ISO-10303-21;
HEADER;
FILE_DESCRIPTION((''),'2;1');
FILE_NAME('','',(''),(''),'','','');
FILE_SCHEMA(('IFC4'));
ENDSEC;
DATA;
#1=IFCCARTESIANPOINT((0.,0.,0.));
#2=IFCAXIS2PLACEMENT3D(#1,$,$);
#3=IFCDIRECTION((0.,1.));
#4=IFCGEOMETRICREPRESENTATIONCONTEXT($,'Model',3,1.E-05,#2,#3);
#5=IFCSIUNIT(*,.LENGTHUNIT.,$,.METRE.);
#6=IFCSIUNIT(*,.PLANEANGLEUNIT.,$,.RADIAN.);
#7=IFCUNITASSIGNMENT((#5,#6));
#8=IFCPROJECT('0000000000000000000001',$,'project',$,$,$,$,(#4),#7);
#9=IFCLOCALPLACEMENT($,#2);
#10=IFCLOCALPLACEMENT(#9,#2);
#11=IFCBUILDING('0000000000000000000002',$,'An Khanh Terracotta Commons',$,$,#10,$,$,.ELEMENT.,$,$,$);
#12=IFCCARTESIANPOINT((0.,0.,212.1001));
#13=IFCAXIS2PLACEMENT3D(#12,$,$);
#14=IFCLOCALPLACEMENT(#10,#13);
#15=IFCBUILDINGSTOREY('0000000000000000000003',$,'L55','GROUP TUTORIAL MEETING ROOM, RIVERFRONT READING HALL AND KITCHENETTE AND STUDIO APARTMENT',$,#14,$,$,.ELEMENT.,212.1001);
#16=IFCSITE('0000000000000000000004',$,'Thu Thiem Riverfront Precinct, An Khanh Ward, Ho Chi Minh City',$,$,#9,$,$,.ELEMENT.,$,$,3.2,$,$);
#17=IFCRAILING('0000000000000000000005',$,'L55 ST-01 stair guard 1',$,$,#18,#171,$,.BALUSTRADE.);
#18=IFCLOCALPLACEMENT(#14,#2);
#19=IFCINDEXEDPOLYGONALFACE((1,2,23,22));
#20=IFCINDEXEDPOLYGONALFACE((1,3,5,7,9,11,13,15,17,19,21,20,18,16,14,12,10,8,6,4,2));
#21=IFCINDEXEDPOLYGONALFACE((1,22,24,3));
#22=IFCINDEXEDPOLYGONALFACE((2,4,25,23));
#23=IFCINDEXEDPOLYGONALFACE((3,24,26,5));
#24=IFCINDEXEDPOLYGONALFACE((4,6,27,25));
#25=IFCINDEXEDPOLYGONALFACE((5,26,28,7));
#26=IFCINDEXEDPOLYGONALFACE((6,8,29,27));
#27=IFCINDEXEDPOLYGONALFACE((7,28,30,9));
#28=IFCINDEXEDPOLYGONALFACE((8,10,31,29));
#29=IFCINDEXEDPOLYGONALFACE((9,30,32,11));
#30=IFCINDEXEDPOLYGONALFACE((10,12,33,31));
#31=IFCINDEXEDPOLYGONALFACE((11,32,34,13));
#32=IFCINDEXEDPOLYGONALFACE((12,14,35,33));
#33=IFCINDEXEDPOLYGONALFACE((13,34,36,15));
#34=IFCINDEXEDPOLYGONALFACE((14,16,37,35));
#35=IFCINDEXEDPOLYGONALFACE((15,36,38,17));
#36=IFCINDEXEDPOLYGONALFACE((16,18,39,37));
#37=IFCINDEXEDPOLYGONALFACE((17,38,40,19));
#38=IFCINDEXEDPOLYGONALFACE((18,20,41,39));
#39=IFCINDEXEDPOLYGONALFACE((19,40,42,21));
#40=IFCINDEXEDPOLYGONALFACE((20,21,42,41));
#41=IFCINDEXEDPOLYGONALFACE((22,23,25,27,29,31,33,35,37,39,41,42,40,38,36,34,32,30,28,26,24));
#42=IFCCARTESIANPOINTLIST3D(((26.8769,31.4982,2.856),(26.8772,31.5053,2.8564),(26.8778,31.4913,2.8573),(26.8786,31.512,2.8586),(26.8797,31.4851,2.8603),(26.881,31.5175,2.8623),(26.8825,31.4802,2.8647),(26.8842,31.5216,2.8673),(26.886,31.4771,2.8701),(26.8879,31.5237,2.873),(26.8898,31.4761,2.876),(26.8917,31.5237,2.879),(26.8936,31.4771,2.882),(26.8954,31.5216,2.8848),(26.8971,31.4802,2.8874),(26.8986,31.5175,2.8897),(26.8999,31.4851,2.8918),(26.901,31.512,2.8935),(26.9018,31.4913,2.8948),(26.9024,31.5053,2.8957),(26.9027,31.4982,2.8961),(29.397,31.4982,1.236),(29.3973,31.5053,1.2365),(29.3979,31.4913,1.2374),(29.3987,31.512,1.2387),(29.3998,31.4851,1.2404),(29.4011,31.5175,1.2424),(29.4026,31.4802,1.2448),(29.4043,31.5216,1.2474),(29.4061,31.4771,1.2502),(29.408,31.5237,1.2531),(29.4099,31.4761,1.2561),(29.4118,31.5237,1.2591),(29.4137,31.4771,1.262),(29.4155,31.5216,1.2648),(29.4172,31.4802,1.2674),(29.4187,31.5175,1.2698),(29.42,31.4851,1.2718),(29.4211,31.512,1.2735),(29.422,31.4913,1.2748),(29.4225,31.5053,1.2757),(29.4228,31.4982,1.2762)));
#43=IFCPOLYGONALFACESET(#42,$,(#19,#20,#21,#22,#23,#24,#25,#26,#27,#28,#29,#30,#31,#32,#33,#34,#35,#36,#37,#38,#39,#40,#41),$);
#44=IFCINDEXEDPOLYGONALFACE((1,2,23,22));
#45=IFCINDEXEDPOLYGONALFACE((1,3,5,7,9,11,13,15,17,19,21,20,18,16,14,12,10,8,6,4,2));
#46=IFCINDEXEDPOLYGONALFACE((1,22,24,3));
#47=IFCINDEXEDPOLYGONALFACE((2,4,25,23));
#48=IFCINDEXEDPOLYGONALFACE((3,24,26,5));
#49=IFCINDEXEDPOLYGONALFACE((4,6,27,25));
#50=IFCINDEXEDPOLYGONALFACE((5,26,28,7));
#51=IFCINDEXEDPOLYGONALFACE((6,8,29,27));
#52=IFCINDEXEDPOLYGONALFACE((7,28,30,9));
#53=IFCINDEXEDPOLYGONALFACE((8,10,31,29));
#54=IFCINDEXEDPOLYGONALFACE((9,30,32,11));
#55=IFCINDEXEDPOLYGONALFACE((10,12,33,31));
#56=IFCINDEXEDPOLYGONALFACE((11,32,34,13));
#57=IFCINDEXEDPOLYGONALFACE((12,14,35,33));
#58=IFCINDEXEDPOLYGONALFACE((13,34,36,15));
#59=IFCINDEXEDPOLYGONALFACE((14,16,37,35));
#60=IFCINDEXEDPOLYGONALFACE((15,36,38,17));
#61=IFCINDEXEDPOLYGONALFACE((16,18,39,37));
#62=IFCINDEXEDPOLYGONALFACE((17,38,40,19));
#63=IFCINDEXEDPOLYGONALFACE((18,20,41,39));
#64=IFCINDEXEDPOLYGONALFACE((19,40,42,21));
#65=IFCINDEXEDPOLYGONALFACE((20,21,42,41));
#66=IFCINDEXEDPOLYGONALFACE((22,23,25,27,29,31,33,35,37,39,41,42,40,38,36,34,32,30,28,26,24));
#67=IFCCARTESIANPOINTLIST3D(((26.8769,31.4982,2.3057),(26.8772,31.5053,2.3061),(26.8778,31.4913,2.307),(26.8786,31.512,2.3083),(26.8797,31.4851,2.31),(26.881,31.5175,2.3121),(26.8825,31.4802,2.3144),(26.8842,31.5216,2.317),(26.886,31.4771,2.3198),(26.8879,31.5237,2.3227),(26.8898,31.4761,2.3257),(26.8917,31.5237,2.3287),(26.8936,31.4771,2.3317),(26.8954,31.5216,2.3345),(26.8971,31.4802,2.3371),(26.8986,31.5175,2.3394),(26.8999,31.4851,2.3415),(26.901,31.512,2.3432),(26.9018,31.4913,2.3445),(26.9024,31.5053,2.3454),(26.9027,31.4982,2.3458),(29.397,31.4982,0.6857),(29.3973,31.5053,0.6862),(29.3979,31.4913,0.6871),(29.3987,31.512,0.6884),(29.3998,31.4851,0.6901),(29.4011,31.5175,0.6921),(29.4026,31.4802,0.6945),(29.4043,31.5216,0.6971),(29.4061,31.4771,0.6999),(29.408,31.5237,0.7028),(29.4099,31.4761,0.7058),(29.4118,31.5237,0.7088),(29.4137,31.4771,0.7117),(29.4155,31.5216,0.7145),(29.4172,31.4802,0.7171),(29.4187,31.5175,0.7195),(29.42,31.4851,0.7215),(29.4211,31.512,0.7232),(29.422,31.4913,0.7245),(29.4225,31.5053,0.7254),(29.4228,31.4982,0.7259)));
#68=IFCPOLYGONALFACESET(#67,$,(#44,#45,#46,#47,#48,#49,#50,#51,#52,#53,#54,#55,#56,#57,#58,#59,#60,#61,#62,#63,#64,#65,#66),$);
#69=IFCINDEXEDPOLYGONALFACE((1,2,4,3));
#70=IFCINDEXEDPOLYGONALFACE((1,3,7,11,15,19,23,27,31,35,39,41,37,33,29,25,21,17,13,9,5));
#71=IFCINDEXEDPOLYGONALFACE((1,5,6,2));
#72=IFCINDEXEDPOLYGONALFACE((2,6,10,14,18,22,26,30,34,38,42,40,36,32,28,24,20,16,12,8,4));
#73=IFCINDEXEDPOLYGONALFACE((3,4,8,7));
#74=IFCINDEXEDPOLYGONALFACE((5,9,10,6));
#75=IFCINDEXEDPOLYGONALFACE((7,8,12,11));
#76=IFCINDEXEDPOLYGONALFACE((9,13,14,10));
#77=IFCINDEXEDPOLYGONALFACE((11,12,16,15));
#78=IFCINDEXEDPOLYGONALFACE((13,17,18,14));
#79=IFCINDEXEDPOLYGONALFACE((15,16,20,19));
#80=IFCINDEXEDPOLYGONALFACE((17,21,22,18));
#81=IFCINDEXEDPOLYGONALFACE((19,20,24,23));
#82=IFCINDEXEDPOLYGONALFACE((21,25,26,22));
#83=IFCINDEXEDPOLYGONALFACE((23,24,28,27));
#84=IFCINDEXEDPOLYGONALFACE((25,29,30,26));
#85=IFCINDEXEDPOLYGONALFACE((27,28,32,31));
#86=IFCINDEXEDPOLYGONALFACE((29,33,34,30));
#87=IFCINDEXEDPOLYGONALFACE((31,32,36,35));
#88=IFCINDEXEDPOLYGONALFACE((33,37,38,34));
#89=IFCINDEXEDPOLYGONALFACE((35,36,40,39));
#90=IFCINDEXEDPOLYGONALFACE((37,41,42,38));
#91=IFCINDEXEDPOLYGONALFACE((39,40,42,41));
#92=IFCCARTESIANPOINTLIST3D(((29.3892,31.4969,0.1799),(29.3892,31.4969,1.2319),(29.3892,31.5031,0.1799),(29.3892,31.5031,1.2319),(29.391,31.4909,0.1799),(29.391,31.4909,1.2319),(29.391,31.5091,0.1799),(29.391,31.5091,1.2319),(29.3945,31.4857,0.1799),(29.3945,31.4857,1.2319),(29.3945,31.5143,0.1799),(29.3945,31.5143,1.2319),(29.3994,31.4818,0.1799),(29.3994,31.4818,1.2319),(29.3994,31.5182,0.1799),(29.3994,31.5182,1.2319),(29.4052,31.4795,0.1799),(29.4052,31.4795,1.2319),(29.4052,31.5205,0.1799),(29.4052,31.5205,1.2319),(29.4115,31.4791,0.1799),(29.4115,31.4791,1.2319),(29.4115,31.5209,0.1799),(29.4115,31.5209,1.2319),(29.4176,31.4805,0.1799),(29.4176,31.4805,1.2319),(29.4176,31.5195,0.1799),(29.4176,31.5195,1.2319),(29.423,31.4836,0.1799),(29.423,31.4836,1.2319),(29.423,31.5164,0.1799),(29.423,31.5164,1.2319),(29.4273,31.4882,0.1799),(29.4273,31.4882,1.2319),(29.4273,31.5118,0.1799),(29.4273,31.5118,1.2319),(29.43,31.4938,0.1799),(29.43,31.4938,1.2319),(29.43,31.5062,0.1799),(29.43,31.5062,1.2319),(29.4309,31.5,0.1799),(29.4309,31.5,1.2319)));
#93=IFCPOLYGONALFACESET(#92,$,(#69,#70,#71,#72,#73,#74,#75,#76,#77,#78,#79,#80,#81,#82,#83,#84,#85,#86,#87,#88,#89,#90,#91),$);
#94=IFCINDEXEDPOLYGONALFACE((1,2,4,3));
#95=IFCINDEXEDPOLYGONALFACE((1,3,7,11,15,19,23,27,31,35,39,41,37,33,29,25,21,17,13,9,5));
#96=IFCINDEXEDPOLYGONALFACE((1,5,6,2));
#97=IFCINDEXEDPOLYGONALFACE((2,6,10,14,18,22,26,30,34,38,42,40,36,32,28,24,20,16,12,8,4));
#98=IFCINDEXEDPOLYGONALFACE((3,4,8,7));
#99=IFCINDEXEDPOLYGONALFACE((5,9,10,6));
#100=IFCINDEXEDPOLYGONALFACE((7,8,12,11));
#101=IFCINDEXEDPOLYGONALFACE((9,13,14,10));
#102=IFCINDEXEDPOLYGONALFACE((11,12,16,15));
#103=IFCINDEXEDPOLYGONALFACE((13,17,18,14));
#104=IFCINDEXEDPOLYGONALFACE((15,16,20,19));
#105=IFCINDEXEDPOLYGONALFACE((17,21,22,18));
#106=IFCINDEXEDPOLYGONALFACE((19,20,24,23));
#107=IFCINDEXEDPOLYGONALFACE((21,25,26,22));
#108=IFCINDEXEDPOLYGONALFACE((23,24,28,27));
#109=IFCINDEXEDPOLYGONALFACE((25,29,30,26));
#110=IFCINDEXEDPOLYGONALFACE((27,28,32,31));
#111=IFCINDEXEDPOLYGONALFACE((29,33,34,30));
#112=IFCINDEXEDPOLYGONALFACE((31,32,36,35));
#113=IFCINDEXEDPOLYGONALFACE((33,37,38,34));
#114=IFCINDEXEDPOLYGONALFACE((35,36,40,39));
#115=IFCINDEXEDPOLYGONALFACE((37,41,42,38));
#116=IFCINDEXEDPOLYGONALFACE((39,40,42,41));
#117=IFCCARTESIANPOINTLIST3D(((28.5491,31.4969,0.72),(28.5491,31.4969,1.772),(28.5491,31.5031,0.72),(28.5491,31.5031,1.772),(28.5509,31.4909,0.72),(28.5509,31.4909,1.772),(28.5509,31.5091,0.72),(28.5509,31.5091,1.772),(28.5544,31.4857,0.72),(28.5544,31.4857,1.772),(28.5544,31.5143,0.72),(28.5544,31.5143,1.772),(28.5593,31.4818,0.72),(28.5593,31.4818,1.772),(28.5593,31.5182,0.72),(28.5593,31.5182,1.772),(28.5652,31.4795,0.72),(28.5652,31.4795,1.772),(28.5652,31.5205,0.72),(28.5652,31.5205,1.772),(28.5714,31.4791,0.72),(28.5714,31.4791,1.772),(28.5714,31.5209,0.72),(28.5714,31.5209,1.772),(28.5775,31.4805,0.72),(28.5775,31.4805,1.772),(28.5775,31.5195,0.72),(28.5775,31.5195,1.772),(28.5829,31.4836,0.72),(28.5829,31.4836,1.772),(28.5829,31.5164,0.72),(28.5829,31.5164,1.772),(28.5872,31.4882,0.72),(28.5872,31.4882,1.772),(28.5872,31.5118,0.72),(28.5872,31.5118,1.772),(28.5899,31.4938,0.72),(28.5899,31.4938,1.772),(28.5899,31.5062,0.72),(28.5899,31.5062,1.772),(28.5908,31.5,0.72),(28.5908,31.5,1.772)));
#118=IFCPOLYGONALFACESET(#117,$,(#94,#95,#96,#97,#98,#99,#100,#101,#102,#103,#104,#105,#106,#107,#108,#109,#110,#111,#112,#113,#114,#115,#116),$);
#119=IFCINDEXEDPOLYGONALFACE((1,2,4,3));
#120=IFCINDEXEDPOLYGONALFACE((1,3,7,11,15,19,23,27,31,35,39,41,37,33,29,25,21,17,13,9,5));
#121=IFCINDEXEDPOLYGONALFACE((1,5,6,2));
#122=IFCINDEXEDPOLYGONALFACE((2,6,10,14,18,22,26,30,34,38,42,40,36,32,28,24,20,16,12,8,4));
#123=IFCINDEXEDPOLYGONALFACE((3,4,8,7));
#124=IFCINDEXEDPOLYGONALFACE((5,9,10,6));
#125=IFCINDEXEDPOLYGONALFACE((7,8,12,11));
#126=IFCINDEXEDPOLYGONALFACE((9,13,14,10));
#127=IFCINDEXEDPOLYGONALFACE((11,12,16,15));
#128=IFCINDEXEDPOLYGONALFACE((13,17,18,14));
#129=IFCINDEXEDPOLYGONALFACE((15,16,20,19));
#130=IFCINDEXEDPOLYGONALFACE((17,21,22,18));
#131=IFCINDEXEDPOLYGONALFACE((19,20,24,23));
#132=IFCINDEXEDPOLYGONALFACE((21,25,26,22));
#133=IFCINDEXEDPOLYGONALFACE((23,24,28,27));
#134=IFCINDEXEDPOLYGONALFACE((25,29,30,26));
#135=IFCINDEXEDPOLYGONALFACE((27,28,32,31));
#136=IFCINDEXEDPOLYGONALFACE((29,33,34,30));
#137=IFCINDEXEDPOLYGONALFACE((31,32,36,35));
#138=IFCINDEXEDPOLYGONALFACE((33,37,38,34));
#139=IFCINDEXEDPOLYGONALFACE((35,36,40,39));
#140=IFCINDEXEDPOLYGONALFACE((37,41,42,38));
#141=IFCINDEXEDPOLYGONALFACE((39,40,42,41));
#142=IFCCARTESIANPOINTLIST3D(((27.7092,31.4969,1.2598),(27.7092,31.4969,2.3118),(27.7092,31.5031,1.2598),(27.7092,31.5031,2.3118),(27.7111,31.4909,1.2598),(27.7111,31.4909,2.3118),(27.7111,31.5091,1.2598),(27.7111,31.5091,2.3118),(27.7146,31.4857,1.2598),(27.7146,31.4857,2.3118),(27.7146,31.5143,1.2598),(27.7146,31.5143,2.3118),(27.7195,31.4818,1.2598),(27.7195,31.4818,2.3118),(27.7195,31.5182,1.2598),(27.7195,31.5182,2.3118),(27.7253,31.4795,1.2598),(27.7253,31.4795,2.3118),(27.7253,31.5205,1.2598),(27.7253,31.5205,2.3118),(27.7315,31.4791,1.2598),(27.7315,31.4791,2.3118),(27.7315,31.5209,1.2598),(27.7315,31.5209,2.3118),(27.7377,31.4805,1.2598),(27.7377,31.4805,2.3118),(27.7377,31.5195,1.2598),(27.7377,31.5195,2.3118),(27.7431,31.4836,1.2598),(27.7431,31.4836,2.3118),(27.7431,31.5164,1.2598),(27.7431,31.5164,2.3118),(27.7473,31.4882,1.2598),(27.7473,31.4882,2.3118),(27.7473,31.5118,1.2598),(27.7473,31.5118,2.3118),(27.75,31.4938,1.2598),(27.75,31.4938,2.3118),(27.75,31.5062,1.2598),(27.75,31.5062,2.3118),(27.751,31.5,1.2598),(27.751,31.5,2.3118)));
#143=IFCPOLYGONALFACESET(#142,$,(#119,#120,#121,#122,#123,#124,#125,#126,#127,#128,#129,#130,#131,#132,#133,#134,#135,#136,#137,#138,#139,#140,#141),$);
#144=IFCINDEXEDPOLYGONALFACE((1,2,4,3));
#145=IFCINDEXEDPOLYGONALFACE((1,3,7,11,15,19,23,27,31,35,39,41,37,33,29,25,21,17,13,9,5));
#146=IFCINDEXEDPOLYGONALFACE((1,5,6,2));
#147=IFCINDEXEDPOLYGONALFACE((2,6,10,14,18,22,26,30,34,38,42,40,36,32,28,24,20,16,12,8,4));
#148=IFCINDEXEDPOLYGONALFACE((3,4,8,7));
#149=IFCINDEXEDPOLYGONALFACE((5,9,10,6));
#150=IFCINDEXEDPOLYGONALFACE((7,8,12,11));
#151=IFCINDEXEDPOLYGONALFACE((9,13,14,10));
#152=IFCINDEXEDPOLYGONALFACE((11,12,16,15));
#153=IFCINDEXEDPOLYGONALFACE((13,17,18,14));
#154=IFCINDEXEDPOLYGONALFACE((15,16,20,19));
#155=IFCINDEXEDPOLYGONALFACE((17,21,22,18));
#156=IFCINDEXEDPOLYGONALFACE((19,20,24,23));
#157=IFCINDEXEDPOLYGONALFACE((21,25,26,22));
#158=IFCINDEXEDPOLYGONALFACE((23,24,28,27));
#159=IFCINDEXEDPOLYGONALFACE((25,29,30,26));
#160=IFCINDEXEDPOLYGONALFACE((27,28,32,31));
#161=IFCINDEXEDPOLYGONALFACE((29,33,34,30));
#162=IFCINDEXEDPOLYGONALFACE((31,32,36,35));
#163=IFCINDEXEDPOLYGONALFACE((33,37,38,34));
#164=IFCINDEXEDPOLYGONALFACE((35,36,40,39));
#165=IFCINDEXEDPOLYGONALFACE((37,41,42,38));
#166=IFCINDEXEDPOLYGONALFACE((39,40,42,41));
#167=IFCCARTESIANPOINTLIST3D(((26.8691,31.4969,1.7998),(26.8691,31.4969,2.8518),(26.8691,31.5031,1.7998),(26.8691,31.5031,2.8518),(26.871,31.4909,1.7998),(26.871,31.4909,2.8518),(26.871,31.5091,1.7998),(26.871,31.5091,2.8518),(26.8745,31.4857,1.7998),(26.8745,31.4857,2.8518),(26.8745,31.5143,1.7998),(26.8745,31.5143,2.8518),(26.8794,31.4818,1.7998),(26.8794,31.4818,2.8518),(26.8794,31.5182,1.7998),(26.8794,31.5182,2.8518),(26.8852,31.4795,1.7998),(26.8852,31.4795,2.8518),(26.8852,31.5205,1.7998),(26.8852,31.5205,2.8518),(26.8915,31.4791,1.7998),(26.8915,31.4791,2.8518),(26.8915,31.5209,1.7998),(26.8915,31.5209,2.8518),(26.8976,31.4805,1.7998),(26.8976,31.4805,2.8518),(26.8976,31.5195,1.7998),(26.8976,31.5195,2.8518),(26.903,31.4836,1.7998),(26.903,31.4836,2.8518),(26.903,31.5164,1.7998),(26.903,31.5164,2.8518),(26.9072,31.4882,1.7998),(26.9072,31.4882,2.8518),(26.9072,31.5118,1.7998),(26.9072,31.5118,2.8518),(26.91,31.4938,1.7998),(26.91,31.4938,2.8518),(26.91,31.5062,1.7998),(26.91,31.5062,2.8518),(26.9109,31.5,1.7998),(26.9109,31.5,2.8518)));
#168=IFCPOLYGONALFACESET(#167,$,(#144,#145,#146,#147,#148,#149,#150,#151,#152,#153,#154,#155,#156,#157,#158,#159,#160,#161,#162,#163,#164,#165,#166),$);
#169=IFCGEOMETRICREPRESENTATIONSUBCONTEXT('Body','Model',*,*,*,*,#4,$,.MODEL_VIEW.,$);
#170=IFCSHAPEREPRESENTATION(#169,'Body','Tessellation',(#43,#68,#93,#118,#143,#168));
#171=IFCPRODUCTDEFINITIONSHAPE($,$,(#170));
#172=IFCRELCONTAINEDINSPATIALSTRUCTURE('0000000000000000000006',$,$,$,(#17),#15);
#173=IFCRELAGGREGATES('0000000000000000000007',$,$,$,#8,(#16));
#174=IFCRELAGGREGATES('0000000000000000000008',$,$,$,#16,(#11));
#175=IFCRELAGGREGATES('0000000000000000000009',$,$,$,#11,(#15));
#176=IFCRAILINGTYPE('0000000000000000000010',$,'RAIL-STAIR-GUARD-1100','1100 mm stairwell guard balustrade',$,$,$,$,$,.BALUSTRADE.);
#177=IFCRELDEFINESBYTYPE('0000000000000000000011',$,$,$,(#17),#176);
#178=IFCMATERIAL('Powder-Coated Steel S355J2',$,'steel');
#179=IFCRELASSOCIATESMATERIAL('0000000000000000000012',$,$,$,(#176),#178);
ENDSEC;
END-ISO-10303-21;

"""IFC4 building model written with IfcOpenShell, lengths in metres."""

from ifc_helpers import new_model, si_unit, direction, frame, origin, origin_2d, place, context, subcontext, project, spatial, circle, extrude, material, type_object, element, save


model = new_model("IFC4")

# Units and contexts
model_context = context("Model", 3, precision=1e-05, world=origin(), true_north=direction((0.0, 1.0)))
body_context = subcontext(model_context, "Body", "Model", "MODEL_VIEW")
ifc_project = project(units=[si_unit("LENGTHUNIT", "METRE"), si_unit("PLANEANGLEUNIT", "RADIAN")], contexts=[model_context])

# Site, building, storey
site_placement = place(None, origin())
site = spatial("IfcSite", under=ifc_project, at=site_placement, Name="Thu Thiem Riverfront Precinct, An Khanh Ward, Ho Chi Minh City", CompositionType="ELEMENT", RefElevation=3.2)
building_placement = place(site_placement, origin())
building = spatial("IfcBuilding", under=site, at=building_placement, Name="An Khanh Terracotta Commons", CompositionType="ELEMENT")
storey_placement = place(building_placement, frame((0.0, 0.0, 212.1001)))
storey = spatial("IfcBuildingStorey", under=building, at=storey_placement, Name="L55", Description="GROUP TUTORIAL MEETING ROOM, RIVERFRONT READING HALL AND KITCHENETTE AND STUDIO APARTMENT", CompositionType="ELEMENT", Elevation=212.1001)

# Railing
ifc_material_1 = material(Name="Powder-Coated Steel S355J2", Category="steel")
railing_type_1 = type_object("IfcRailingType", Name="RAIL-STAIR-GUARD-1100", Description="1100 mm stairwell guard balustrade", PredefinedType="BALUSTRADE", material=ifc_material_1)
railing_1_placement = place(storey_placement, frame((29.4099, 31.5, 0.1799)))
element("IfcRailing", 1, at=railing_1_placement, inside=storey, type_object=railing_type_1, Name="L55 ST-01 stair guard 1", PredefinedType="BALUSTRADE", context=body_context, shape_type="SweptSolid", body=[
    extrude(circle(Radius=0.0239, at=origin_2d()), frame((0.0, 0.0, 1.0762), z_axis=(-0.8412, 0.0, 0.540725), x_axis=(0.0, -1.0, 0.0)), (0.0, 0.0, 1.0), 2.9958),
    extrude(circle(Radius=0.0239, at=origin_2d()), frame((0.0, 0.0, 0.5259), z_axis=(-0.8412, 0.0, 0.540725), x_axis=(0.0, -1.0, 0.0)), (0.0, 0.0, 1.0), 2.9958),
    extrude(circle(Radius=0.021, at=origin_2d()), origin(), (0.0, 0.0, 1.0), 1.052),
    extrude(circle(Radius=0.021, at=origin_2d()), frame((-0.8401, 0.0, 0.54)), (0.0, 0.0, 1.0), 1.052),
    extrude(circle(Radius=0.021, at=origin_2d()), frame((-1.6799, 0.0, 1.0798)), (0.0, 0.0, 1.0), 1.052),
    extrude(circle(Radius=0.021, at=origin_2d()), frame((-2.52, 0.0, 1.6199)), (0.0, 0.0, 1.0), 1.052),
])

save(model, "model.ifc")
